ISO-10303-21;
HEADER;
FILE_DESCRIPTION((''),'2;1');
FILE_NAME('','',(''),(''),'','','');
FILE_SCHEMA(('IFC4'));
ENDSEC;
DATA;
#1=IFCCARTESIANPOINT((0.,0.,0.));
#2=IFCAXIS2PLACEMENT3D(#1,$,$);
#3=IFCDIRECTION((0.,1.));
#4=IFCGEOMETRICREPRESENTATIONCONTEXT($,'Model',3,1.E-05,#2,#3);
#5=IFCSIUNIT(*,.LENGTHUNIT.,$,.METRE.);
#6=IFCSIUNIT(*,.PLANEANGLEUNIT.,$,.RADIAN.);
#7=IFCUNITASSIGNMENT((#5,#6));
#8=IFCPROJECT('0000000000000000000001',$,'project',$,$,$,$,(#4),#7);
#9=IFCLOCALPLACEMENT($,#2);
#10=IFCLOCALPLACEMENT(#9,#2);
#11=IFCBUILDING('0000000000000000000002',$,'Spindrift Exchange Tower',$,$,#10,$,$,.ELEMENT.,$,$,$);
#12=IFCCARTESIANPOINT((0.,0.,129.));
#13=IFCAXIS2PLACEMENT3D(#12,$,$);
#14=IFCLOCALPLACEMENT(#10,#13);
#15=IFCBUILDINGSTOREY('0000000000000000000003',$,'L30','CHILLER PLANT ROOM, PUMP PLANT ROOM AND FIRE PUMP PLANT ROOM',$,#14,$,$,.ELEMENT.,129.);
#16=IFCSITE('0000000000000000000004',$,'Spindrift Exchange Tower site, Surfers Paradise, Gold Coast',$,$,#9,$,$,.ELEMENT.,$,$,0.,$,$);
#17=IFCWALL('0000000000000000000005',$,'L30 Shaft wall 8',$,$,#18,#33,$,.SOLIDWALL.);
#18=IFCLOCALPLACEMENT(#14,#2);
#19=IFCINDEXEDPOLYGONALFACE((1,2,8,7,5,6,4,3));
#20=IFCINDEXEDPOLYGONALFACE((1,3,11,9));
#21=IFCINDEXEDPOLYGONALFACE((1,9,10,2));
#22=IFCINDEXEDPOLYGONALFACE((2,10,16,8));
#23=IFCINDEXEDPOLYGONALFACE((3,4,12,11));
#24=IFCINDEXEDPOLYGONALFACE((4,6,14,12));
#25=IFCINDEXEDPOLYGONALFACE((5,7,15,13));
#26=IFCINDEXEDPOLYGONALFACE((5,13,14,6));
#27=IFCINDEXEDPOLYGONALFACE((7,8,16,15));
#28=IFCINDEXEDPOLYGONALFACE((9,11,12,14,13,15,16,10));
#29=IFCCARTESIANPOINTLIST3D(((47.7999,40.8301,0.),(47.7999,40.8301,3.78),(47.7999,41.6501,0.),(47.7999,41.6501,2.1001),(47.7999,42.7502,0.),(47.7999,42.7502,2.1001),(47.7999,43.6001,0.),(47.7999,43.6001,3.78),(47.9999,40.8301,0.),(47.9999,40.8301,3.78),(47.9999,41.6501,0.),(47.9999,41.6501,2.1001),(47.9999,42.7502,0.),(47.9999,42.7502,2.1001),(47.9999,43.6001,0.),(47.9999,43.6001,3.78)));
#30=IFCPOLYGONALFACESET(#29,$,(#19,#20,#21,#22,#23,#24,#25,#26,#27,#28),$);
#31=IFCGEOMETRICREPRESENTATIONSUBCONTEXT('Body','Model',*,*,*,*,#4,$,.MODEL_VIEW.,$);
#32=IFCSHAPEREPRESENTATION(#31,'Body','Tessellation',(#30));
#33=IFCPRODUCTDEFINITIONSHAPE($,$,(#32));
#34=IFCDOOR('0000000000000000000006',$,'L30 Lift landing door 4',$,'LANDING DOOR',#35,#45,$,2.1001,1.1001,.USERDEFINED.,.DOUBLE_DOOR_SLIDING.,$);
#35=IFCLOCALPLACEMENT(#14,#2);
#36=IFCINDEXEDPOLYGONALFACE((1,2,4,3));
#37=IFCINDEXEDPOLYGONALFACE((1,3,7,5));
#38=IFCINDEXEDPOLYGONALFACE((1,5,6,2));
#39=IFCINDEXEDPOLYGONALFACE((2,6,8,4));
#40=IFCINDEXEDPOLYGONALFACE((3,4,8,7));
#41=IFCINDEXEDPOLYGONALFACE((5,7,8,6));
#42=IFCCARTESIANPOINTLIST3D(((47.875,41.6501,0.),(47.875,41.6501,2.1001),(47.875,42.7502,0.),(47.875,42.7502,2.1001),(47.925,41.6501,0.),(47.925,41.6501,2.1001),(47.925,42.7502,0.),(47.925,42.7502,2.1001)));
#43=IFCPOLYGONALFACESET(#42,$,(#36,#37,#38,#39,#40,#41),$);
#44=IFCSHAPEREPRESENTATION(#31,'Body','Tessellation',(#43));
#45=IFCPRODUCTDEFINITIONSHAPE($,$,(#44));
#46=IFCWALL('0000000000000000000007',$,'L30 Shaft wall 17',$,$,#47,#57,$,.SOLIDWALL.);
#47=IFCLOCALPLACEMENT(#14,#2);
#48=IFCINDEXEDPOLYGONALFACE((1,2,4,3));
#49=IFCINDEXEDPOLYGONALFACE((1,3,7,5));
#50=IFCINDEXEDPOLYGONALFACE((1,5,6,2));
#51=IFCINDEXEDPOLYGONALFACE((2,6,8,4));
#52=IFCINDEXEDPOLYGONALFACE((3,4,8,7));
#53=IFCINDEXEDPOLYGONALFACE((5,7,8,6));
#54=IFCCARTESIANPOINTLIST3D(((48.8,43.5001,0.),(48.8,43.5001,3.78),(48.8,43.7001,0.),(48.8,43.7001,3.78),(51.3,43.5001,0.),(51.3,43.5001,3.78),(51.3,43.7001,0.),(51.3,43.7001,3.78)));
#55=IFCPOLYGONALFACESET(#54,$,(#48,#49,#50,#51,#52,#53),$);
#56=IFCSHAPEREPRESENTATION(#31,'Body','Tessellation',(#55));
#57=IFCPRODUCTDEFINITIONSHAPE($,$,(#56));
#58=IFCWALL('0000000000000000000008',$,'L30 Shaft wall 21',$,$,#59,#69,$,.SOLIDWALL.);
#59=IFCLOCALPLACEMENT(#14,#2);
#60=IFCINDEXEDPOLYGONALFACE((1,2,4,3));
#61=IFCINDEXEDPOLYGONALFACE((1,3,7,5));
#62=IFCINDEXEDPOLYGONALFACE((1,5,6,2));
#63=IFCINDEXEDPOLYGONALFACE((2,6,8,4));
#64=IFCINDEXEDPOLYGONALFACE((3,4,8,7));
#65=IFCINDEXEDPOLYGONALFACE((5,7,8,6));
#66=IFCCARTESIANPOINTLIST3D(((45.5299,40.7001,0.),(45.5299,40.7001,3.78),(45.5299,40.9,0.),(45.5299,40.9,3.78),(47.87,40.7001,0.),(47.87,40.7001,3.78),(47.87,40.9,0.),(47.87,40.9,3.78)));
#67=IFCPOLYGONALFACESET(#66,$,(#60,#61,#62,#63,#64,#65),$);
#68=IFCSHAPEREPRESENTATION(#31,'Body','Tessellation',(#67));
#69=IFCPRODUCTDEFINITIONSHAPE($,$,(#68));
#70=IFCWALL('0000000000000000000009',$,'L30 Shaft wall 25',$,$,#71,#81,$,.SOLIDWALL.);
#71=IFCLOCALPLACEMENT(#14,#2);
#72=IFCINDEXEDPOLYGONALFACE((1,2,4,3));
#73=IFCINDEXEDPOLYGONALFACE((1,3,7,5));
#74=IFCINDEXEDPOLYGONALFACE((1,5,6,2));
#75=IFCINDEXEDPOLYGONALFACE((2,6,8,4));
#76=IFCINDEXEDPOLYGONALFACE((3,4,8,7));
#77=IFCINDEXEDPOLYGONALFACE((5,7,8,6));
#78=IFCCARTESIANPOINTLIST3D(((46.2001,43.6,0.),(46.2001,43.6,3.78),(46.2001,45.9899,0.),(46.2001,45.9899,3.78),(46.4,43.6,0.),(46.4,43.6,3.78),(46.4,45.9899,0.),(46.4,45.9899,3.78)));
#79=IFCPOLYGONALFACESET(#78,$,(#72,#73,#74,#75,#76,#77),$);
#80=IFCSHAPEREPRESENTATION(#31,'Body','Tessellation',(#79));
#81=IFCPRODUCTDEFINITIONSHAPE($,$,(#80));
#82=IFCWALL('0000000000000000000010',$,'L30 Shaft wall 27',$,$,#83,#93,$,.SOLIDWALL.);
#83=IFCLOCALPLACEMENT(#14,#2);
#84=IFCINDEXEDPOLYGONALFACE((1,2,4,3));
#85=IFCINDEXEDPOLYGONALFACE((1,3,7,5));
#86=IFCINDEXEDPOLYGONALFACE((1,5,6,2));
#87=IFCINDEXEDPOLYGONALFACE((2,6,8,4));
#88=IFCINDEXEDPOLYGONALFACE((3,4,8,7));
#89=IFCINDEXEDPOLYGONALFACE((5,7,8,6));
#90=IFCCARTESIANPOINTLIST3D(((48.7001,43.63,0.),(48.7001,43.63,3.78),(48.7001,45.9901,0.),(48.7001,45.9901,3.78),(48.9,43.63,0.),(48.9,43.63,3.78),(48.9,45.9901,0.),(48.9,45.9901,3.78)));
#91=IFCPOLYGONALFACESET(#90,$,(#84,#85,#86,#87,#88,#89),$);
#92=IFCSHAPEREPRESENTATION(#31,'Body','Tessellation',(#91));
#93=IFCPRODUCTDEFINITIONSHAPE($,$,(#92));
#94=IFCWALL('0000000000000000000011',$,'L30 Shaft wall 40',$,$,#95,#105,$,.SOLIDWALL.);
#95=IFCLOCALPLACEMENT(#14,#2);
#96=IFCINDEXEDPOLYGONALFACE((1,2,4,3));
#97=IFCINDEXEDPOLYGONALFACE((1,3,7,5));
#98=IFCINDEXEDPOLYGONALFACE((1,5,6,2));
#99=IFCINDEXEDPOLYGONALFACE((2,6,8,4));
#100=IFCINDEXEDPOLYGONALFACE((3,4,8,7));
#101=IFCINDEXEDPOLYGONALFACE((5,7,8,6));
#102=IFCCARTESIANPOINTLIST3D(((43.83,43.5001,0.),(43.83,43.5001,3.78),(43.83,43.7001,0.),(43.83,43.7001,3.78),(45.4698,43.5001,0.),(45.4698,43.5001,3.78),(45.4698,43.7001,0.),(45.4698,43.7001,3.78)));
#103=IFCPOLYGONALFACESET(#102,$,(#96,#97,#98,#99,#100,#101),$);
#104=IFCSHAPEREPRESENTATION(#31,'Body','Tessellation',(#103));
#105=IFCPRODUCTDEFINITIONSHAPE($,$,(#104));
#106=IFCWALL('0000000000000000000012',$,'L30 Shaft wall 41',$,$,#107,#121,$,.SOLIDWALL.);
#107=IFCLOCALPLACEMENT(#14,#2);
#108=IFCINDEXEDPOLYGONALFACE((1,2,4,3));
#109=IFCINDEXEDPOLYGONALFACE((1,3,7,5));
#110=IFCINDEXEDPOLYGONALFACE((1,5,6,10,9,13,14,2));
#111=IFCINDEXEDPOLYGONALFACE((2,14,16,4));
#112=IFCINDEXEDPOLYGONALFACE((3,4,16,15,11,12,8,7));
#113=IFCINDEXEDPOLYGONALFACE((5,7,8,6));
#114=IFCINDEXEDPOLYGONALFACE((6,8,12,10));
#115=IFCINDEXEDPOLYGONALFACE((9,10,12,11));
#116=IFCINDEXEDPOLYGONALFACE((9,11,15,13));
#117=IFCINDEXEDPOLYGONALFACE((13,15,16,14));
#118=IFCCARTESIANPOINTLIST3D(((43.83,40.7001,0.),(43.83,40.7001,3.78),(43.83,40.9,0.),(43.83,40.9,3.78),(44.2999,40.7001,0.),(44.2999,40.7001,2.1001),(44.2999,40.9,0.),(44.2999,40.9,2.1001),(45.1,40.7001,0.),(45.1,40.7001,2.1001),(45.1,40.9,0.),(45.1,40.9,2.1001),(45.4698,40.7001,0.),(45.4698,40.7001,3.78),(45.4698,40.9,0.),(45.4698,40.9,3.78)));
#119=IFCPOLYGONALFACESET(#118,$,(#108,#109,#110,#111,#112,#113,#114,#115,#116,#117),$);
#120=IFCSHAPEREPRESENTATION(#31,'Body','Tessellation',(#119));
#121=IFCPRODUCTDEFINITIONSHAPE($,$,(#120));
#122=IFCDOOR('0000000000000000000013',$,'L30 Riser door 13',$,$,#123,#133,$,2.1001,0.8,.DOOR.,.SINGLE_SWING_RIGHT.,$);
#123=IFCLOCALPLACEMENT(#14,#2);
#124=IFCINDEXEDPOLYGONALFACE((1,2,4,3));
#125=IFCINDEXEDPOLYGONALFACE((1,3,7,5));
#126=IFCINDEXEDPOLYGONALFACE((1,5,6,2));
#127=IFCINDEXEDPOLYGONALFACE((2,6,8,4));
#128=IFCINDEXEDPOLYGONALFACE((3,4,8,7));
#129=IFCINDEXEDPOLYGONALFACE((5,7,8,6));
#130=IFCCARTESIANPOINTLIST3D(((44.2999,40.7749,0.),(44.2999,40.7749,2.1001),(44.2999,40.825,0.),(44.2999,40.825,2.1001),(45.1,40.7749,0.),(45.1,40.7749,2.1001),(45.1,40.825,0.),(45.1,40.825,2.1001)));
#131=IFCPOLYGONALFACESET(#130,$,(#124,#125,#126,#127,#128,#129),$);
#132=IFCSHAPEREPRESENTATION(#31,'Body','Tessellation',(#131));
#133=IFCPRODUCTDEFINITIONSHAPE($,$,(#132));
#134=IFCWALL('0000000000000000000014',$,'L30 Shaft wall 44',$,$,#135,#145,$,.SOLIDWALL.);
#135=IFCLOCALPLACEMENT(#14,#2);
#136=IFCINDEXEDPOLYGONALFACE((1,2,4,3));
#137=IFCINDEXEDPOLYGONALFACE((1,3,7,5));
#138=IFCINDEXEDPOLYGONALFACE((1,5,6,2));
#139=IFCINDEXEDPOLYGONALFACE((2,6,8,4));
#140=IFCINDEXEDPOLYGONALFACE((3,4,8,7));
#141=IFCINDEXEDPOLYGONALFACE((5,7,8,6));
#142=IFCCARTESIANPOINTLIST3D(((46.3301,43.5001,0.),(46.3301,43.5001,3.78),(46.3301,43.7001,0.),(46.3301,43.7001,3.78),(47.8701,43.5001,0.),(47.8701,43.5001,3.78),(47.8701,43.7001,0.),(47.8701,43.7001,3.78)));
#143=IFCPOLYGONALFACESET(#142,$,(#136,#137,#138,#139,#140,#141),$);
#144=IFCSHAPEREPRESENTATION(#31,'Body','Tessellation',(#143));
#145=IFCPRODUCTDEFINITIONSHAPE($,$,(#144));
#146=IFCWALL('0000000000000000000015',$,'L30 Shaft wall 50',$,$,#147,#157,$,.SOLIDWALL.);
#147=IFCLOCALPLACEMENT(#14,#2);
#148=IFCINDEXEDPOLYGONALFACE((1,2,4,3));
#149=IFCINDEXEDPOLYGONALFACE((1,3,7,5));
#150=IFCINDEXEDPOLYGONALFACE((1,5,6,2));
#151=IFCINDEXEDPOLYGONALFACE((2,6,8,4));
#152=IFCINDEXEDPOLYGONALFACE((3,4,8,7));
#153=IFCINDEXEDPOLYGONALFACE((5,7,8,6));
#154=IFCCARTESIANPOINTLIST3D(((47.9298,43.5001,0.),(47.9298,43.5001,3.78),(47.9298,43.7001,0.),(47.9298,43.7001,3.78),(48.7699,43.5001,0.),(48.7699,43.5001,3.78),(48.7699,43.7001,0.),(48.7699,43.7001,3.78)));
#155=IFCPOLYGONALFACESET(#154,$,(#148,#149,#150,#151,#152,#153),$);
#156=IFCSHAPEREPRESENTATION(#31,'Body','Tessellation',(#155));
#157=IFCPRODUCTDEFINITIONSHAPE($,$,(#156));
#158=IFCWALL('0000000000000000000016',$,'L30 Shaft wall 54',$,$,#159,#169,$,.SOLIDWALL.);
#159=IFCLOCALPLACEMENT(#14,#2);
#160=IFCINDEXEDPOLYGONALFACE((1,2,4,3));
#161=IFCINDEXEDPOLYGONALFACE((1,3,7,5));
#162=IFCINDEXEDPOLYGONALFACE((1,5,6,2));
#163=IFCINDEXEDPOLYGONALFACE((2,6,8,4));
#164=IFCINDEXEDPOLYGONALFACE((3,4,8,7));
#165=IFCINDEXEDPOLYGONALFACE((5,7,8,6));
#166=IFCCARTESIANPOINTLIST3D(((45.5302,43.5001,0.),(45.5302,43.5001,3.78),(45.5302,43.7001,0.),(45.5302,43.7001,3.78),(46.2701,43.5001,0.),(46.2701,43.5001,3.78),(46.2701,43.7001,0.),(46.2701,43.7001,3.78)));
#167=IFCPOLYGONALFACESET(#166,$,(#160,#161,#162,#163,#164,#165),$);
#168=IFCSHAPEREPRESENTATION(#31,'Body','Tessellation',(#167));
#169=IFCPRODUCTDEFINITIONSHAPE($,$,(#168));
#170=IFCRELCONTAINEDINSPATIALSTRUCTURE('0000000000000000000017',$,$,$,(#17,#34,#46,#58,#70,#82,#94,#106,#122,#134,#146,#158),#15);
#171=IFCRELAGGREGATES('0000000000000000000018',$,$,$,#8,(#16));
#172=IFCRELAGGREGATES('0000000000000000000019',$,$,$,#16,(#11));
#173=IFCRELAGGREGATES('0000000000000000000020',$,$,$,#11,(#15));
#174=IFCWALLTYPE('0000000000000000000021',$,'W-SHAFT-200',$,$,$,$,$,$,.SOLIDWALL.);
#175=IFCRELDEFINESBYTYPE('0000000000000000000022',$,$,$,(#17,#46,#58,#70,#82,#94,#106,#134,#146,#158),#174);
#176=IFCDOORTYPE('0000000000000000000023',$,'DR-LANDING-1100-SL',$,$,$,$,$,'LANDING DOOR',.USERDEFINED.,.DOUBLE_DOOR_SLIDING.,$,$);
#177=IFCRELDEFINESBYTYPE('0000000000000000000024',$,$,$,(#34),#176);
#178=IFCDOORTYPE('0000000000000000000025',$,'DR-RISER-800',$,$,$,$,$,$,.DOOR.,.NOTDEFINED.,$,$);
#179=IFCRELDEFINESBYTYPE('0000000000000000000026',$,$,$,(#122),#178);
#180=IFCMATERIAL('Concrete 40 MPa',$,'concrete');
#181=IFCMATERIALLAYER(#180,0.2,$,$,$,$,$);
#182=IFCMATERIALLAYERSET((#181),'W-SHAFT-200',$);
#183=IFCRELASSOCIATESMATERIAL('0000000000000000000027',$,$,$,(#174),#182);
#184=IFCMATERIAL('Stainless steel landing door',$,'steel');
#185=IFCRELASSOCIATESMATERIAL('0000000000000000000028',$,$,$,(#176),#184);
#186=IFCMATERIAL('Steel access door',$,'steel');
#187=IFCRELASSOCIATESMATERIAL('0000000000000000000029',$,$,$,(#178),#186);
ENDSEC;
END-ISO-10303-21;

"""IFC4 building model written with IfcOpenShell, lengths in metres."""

from ifc_helpers import new_model, si_unit, direction, frame, frame_2d, origin, place, context, subcontext, project, spatial, rectangle, extrude, source, transform, mapped, material, layer, layer_set, type_object, element, fill, save


model = new_model("IFC4")

# Units and contexts
model_context = context("Model", 3, precision=1e-05, world=origin(), true_north=direction((0.0, 1.0)))
body_context = subcontext(model_context, "Body", "Model", "MODEL_VIEW")
ifc_project = project(units=[si_unit("LENGTHUNIT", "METRE"), si_unit("PLANEANGLEUNIT", "RADIAN")], contexts=[model_context])

# Site, building, storey
site_placement = place(None, origin())
site = spatial("IfcSite", under=ifc_project, at=site_placement, Name="Spindrift Exchange Tower site, Surfers Paradise, Gold Coast", CompositionType="ELEMENT", RefElevation=0.0)
building_placement = place(site_placement, origin())
building = spatial("IfcBuilding", under=site, at=building_placement, Name="Spindrift Exchange Tower", CompositionType="ELEMENT")
storey_placement = place(building_placement, frame((0.0, 0.0, 129.0)))
storey = spatial("IfcBuildingStorey", under=building, at=storey_placement, Name="L30", Description="CHILLER PLANT ROOM, PUMP PLANT ROOM AND FIRE PUMP PLANT ROOM", CompositionType="ELEMENT", Elevation=129.0)

# Shared definitions
ifc_material_1 = material(Name="Steel access door", Category="steel")

# Shared definitions
ifc_material_2 = material(Name="Concrete 40 MPa", Category="concrete")
ifc_layer_1 = layer(ifc_material_2, 0.2)
ifc_layer_set_1 = layer_set([ifc_layer_1], Name="W-SHAFT-200")
wall_type_1 = type_object("IfcWallType", Name="W-SHAFT-200", PredefinedType="SOLIDWALL", material=ifc_layer_set_1)

# Wall, opening, door
wall_1_placement = place(storey_placement, frame((47.8999, 40.8301, 0.0), z_axis=(0.0, 0.0, 1.0), x_axis=(0.0, 1.0, 0.0)))
wall_1 = element("IfcWall", 1, at=wall_1_placement, inside=storey, type_object=wall_type_1, Name="L30 Shaft wall 8", PredefinedType="SOLIDWALL", context=body_context, shape_type="SweptSolid", body=[
    extrude(rectangle(XDim=2.77, YDim=0.2, at=frame_2d((1.385, 0.0))), origin(), (0.0, 0.0, 1.0), 3.78),
])
opening_1_placement = place(wall_1_placement, frame((0.8201, 0.0, 0.0)))
opening_1 = element("IfcOpeningElement", 2, at=opening_1_placement, cuts=wall_1, PredefinedType="OPENING", context=body_context, shape_type="SweptSolid", body=[
    extrude(rectangle(XDim=1.1001, YDim=2.1001, at=frame_2d((0.55, 1.05))), frame((0.0, 0.1099, 0.0), z_axis=(0.0, -1.0, 0.0), x_axis=(1.0, 0.0, 0.0)), (0.0, 0.0, 1.0), 0.22),
])
ifc_material_3 = material(Name="Stainless steel landing door", Category="steel")
door_type_1 = type_object("IfcDoorType", Name="DR-LANDING-1100-SL", ElementType="LANDING DOOR", OperationType="DOUBLE_DOOR_SLIDING", PredefinedType="USERDEFINED", material=ifc_material_3)
shared_shape_1 = source(origin(), body_context, "Body", "SweptSolid", [
    extrude(rectangle(XDim=1.1001, YDim=2.1001, at=frame_2d((0.55, 1.05))), frame((0.0, 0.0249, 0.0), z_axis=(0.0, -1.0, 0.0), x_axis=(1.0, 0.0, 0.0)), (0.0, 0.0, 1.0), 0.05),
])
door_1_placement = place(opening_1_placement, origin())
door_1 = element("IfcDoor", 3, at=door_1_placement, inside=storey, type_object=door_type_1, Name="L30 Lift landing door 4", ObjectType="LANDING DOOR", OperationType="DOUBLE_DOOR_SLIDING", OverallHeight=2.1001, OverallWidth=1.1001, PredefinedType="USERDEFINED", context=body_context, shape_type="MappedRepresentation", body=[
    mapped(shared_shape_1, transform((0.0, 0.0, 0.0), scale=1.0)),
])
fill(opening_1, door_1)

# Walls
wall_2_placement = place(storey_placement, frame((48.8, 43.6001, 0.0), z_axis=(0.0, 0.0, 1.0), x_axis=(1.0, 0.0, 0.0)))
element("IfcWall", 4, at=wall_2_placement, inside=storey, type_object=wall_type_1, Name="L30 Shaft wall 17", PredefinedType="SOLIDWALL", context=body_context, shape_type="SweptSolid", body=[
    extrude(rectangle(XDim=2.5, YDim=0.2, at=frame_2d((1.25, 0.0))), origin(), (0.0, 0.0, 1.0), 3.78),
])
wall_3_placement = place(storey_placement, frame((45.53, 40.8, 0.0), z_axis=(0.0, 0.0, 1.0), x_axis=(1.0, 0.0, 0.0)))
element("IfcWall", 5, at=wall_3_placement, inside=storey, type_object=wall_type_1, Name="L30 Shaft wall 21", PredefinedType="SOLIDWALL", context=body_context, shape_type="SweptSolid", body=[
    extrude(rectangle(XDim=2.3401, YDim=0.2, at=frame_2d((1.1699, 0.0))), origin(), (0.0, 0.0, 1.0), 3.78),
])
wall_4_placement = place(storey_placement, frame((46.3, 43.6001, 0.0), z_axis=(0.0, 0.0, 1.0), x_axis=(0.0, 1.0, 0.0)))
element("IfcWall", 6, at=wall_4_placement, inside=storey, type_object=wall_type_1, Name="L30 Shaft wall 25", PredefinedType="SOLIDWALL", context=body_context, shape_type="SweptSolid", body=[
    extrude(rectangle(XDim=2.3899, YDim=0.2, at=frame_2d((1.1948, 0.0))), origin(), (0.0, 0.0, 1.0), 3.78),
])
wall_5_placement = place(storey_placement, frame((48.8, 43.6299, 0.0), z_axis=(0.0, 0.0, 1.0), x_axis=(0.0, 1.0, 0.0)))
element("IfcWall", 7, at=wall_5_placement, inside=storey, type_object=wall_type_1, Name="L30 Shaft wall 27", PredefinedType="SOLIDWALL", context=body_context, shape_type="SweptSolid", body=[
    extrude(rectangle(XDim=2.3601, YDim=0.2, at=frame_2d((1.1802, 0.0))), origin(), (0.0, 0.0, 1.0), 3.78),
])
wall_6_placement = place(storey_placement, frame((43.8301, 43.6001, 0.0), z_axis=(0.0, 0.0, 1.0), x_axis=(1.0, 0.0, 0.0)))
element("IfcWall", 8, at=wall_6_placement, inside=storey, type_object=wall_type_1, Name="L30 Shaft wall 40", PredefinedType="SOLIDWALL", context=body_context, shape_type="SweptSolid", body=[
    extrude(rectangle(XDim=1.6399, YDim=0.2, at=frame_2d((0.8198, 0.0))), origin(), (0.0, 0.0, 1.0), 3.78),
])

# Wall, opening, door
wall_7_placement = place(storey_placement, frame((43.8301, 40.8, 0.0), z_axis=(0.0, 0.0, 1.0), x_axis=(1.0, 0.0, 0.0)))
wall_7 = element("IfcWall", 9, at=wall_7_placement, inside=storey, type_object=wall_type_1, Name="L30 Shaft wall 41", PredefinedType="SOLIDWALL", context=body_context, shape_type="SweptSolid", body=[
    extrude(rectangle(XDim=1.6399, YDim=0.2, at=frame_2d((0.8198, 0.0))), origin(), (0.0, 0.0, 1.0), 3.78),
])
opening_2_placement = place(wall_7_placement, frame((0.47, 0.0, 0.0)))
opening_2 = element("IfcOpeningElement", 10, at=opening_2_placement, cuts=wall_7, PredefinedType="OPENING", context=body_context, shape_type="SweptSolid", body=[
    extrude(rectangle(XDim=0.8, YDim=2.1001, at=frame_2d((0.3999, 1.05))), frame((0.0, 0.1099, 0.0), z_axis=(0.0, -1.0, 0.0), x_axis=(1.0, 0.0, 0.0)), (0.0, 0.0, 1.0), 0.22),
])
door_type_2 = type_object("IfcDoorType", Name="DR-RISER-800", OperationType="NOTDEFINED", PredefinedType="DOOR", material=ifc_material_1)
shared_shape_2 = source(origin(), body_context, "Body", "SweptSolid", [
    extrude(rectangle(XDim=0.8, YDim=2.1001, at=frame_2d((0.3999, 1.05))), frame((0.0, 0.0249, 0.0), z_axis=(0.0, -1.0, 0.0), x_axis=(1.0, 0.0, 0.0)), (0.0, 0.0, 1.0), 0.05),
])
door_2_placement = place(opening_2_placement, origin())
door_2 = element("IfcDoor", 11, at=door_2_placement, inside=storey, type_object=door_type_2, Name="L30 Riser door 13", OperationType="SINGLE_SWING_RIGHT", OverallHeight=2.1001, OverallWidth=0.8, PredefinedType="DOOR", context=body_context, shape_type="MappedRepresentation", body=[
    mapped(shared_shape_2, transform((0.0, 0.0, 0.0), scale=1.0)),
])
fill(opening_2, door_2)

# Walls
wall_8_placement = place(storey_placement, frame((46.3301, 43.6001, 0.0), z_axis=(0.0, 0.0, 1.0), x_axis=(1.0, 0.0, 0.0)))
element("IfcWall", 12, at=wall_8_placement, inside=storey, type_object=wall_type_1, Name="L30 Shaft wall 44", PredefinedType="SOLIDWALL", context=body_context, shape_type="SweptSolid", body=[
    extrude(rectangle(XDim=1.54, YDim=0.2, at=frame_2d((0.77, 0.0))), origin(), (0.0, 0.0, 1.0), 3.78),
])
wall_9_placement = place(storey_placement, frame((47.9299, 43.6001, 0.0), z_axis=(0.0, 0.0, 1.0), x_axis=(1.0, 0.0, 0.0)))
element("IfcWall", 13, at=wall_9_placement, inside=storey, type_object=wall_type_1, Name="L30 Shaft wall 50", PredefinedType="SOLIDWALL", context=body_context, shape_type="SweptSolid", body=[
    extrude(rectangle(XDim=0.8401, YDim=0.2, at=frame_2d((0.4199, 0.0))), origin(), (0.0, 0.0, 1.0), 3.78),
])
wall_10_placement = place(storey_placement, frame((45.53, 43.6001, 0.0), z_axis=(0.0, 0.0, 1.0), x_axis=(1.0, 0.0, 0.0)))
element("IfcWall", 14, at=wall_10_placement, inside=storey, type_object=wall_type_1, Name="L30 Shaft wall 54", PredefinedType="SOLIDWALL", context=body_context, shape_type="SweptSolid", body=[
    extrude(rectangle(XDim=0.74, YDim=0.2, at=frame_2d((0.3701, 0.0))), origin(), (0.0, 0.0, 1.0), 3.78),
])

save(model, "model.ifc")
